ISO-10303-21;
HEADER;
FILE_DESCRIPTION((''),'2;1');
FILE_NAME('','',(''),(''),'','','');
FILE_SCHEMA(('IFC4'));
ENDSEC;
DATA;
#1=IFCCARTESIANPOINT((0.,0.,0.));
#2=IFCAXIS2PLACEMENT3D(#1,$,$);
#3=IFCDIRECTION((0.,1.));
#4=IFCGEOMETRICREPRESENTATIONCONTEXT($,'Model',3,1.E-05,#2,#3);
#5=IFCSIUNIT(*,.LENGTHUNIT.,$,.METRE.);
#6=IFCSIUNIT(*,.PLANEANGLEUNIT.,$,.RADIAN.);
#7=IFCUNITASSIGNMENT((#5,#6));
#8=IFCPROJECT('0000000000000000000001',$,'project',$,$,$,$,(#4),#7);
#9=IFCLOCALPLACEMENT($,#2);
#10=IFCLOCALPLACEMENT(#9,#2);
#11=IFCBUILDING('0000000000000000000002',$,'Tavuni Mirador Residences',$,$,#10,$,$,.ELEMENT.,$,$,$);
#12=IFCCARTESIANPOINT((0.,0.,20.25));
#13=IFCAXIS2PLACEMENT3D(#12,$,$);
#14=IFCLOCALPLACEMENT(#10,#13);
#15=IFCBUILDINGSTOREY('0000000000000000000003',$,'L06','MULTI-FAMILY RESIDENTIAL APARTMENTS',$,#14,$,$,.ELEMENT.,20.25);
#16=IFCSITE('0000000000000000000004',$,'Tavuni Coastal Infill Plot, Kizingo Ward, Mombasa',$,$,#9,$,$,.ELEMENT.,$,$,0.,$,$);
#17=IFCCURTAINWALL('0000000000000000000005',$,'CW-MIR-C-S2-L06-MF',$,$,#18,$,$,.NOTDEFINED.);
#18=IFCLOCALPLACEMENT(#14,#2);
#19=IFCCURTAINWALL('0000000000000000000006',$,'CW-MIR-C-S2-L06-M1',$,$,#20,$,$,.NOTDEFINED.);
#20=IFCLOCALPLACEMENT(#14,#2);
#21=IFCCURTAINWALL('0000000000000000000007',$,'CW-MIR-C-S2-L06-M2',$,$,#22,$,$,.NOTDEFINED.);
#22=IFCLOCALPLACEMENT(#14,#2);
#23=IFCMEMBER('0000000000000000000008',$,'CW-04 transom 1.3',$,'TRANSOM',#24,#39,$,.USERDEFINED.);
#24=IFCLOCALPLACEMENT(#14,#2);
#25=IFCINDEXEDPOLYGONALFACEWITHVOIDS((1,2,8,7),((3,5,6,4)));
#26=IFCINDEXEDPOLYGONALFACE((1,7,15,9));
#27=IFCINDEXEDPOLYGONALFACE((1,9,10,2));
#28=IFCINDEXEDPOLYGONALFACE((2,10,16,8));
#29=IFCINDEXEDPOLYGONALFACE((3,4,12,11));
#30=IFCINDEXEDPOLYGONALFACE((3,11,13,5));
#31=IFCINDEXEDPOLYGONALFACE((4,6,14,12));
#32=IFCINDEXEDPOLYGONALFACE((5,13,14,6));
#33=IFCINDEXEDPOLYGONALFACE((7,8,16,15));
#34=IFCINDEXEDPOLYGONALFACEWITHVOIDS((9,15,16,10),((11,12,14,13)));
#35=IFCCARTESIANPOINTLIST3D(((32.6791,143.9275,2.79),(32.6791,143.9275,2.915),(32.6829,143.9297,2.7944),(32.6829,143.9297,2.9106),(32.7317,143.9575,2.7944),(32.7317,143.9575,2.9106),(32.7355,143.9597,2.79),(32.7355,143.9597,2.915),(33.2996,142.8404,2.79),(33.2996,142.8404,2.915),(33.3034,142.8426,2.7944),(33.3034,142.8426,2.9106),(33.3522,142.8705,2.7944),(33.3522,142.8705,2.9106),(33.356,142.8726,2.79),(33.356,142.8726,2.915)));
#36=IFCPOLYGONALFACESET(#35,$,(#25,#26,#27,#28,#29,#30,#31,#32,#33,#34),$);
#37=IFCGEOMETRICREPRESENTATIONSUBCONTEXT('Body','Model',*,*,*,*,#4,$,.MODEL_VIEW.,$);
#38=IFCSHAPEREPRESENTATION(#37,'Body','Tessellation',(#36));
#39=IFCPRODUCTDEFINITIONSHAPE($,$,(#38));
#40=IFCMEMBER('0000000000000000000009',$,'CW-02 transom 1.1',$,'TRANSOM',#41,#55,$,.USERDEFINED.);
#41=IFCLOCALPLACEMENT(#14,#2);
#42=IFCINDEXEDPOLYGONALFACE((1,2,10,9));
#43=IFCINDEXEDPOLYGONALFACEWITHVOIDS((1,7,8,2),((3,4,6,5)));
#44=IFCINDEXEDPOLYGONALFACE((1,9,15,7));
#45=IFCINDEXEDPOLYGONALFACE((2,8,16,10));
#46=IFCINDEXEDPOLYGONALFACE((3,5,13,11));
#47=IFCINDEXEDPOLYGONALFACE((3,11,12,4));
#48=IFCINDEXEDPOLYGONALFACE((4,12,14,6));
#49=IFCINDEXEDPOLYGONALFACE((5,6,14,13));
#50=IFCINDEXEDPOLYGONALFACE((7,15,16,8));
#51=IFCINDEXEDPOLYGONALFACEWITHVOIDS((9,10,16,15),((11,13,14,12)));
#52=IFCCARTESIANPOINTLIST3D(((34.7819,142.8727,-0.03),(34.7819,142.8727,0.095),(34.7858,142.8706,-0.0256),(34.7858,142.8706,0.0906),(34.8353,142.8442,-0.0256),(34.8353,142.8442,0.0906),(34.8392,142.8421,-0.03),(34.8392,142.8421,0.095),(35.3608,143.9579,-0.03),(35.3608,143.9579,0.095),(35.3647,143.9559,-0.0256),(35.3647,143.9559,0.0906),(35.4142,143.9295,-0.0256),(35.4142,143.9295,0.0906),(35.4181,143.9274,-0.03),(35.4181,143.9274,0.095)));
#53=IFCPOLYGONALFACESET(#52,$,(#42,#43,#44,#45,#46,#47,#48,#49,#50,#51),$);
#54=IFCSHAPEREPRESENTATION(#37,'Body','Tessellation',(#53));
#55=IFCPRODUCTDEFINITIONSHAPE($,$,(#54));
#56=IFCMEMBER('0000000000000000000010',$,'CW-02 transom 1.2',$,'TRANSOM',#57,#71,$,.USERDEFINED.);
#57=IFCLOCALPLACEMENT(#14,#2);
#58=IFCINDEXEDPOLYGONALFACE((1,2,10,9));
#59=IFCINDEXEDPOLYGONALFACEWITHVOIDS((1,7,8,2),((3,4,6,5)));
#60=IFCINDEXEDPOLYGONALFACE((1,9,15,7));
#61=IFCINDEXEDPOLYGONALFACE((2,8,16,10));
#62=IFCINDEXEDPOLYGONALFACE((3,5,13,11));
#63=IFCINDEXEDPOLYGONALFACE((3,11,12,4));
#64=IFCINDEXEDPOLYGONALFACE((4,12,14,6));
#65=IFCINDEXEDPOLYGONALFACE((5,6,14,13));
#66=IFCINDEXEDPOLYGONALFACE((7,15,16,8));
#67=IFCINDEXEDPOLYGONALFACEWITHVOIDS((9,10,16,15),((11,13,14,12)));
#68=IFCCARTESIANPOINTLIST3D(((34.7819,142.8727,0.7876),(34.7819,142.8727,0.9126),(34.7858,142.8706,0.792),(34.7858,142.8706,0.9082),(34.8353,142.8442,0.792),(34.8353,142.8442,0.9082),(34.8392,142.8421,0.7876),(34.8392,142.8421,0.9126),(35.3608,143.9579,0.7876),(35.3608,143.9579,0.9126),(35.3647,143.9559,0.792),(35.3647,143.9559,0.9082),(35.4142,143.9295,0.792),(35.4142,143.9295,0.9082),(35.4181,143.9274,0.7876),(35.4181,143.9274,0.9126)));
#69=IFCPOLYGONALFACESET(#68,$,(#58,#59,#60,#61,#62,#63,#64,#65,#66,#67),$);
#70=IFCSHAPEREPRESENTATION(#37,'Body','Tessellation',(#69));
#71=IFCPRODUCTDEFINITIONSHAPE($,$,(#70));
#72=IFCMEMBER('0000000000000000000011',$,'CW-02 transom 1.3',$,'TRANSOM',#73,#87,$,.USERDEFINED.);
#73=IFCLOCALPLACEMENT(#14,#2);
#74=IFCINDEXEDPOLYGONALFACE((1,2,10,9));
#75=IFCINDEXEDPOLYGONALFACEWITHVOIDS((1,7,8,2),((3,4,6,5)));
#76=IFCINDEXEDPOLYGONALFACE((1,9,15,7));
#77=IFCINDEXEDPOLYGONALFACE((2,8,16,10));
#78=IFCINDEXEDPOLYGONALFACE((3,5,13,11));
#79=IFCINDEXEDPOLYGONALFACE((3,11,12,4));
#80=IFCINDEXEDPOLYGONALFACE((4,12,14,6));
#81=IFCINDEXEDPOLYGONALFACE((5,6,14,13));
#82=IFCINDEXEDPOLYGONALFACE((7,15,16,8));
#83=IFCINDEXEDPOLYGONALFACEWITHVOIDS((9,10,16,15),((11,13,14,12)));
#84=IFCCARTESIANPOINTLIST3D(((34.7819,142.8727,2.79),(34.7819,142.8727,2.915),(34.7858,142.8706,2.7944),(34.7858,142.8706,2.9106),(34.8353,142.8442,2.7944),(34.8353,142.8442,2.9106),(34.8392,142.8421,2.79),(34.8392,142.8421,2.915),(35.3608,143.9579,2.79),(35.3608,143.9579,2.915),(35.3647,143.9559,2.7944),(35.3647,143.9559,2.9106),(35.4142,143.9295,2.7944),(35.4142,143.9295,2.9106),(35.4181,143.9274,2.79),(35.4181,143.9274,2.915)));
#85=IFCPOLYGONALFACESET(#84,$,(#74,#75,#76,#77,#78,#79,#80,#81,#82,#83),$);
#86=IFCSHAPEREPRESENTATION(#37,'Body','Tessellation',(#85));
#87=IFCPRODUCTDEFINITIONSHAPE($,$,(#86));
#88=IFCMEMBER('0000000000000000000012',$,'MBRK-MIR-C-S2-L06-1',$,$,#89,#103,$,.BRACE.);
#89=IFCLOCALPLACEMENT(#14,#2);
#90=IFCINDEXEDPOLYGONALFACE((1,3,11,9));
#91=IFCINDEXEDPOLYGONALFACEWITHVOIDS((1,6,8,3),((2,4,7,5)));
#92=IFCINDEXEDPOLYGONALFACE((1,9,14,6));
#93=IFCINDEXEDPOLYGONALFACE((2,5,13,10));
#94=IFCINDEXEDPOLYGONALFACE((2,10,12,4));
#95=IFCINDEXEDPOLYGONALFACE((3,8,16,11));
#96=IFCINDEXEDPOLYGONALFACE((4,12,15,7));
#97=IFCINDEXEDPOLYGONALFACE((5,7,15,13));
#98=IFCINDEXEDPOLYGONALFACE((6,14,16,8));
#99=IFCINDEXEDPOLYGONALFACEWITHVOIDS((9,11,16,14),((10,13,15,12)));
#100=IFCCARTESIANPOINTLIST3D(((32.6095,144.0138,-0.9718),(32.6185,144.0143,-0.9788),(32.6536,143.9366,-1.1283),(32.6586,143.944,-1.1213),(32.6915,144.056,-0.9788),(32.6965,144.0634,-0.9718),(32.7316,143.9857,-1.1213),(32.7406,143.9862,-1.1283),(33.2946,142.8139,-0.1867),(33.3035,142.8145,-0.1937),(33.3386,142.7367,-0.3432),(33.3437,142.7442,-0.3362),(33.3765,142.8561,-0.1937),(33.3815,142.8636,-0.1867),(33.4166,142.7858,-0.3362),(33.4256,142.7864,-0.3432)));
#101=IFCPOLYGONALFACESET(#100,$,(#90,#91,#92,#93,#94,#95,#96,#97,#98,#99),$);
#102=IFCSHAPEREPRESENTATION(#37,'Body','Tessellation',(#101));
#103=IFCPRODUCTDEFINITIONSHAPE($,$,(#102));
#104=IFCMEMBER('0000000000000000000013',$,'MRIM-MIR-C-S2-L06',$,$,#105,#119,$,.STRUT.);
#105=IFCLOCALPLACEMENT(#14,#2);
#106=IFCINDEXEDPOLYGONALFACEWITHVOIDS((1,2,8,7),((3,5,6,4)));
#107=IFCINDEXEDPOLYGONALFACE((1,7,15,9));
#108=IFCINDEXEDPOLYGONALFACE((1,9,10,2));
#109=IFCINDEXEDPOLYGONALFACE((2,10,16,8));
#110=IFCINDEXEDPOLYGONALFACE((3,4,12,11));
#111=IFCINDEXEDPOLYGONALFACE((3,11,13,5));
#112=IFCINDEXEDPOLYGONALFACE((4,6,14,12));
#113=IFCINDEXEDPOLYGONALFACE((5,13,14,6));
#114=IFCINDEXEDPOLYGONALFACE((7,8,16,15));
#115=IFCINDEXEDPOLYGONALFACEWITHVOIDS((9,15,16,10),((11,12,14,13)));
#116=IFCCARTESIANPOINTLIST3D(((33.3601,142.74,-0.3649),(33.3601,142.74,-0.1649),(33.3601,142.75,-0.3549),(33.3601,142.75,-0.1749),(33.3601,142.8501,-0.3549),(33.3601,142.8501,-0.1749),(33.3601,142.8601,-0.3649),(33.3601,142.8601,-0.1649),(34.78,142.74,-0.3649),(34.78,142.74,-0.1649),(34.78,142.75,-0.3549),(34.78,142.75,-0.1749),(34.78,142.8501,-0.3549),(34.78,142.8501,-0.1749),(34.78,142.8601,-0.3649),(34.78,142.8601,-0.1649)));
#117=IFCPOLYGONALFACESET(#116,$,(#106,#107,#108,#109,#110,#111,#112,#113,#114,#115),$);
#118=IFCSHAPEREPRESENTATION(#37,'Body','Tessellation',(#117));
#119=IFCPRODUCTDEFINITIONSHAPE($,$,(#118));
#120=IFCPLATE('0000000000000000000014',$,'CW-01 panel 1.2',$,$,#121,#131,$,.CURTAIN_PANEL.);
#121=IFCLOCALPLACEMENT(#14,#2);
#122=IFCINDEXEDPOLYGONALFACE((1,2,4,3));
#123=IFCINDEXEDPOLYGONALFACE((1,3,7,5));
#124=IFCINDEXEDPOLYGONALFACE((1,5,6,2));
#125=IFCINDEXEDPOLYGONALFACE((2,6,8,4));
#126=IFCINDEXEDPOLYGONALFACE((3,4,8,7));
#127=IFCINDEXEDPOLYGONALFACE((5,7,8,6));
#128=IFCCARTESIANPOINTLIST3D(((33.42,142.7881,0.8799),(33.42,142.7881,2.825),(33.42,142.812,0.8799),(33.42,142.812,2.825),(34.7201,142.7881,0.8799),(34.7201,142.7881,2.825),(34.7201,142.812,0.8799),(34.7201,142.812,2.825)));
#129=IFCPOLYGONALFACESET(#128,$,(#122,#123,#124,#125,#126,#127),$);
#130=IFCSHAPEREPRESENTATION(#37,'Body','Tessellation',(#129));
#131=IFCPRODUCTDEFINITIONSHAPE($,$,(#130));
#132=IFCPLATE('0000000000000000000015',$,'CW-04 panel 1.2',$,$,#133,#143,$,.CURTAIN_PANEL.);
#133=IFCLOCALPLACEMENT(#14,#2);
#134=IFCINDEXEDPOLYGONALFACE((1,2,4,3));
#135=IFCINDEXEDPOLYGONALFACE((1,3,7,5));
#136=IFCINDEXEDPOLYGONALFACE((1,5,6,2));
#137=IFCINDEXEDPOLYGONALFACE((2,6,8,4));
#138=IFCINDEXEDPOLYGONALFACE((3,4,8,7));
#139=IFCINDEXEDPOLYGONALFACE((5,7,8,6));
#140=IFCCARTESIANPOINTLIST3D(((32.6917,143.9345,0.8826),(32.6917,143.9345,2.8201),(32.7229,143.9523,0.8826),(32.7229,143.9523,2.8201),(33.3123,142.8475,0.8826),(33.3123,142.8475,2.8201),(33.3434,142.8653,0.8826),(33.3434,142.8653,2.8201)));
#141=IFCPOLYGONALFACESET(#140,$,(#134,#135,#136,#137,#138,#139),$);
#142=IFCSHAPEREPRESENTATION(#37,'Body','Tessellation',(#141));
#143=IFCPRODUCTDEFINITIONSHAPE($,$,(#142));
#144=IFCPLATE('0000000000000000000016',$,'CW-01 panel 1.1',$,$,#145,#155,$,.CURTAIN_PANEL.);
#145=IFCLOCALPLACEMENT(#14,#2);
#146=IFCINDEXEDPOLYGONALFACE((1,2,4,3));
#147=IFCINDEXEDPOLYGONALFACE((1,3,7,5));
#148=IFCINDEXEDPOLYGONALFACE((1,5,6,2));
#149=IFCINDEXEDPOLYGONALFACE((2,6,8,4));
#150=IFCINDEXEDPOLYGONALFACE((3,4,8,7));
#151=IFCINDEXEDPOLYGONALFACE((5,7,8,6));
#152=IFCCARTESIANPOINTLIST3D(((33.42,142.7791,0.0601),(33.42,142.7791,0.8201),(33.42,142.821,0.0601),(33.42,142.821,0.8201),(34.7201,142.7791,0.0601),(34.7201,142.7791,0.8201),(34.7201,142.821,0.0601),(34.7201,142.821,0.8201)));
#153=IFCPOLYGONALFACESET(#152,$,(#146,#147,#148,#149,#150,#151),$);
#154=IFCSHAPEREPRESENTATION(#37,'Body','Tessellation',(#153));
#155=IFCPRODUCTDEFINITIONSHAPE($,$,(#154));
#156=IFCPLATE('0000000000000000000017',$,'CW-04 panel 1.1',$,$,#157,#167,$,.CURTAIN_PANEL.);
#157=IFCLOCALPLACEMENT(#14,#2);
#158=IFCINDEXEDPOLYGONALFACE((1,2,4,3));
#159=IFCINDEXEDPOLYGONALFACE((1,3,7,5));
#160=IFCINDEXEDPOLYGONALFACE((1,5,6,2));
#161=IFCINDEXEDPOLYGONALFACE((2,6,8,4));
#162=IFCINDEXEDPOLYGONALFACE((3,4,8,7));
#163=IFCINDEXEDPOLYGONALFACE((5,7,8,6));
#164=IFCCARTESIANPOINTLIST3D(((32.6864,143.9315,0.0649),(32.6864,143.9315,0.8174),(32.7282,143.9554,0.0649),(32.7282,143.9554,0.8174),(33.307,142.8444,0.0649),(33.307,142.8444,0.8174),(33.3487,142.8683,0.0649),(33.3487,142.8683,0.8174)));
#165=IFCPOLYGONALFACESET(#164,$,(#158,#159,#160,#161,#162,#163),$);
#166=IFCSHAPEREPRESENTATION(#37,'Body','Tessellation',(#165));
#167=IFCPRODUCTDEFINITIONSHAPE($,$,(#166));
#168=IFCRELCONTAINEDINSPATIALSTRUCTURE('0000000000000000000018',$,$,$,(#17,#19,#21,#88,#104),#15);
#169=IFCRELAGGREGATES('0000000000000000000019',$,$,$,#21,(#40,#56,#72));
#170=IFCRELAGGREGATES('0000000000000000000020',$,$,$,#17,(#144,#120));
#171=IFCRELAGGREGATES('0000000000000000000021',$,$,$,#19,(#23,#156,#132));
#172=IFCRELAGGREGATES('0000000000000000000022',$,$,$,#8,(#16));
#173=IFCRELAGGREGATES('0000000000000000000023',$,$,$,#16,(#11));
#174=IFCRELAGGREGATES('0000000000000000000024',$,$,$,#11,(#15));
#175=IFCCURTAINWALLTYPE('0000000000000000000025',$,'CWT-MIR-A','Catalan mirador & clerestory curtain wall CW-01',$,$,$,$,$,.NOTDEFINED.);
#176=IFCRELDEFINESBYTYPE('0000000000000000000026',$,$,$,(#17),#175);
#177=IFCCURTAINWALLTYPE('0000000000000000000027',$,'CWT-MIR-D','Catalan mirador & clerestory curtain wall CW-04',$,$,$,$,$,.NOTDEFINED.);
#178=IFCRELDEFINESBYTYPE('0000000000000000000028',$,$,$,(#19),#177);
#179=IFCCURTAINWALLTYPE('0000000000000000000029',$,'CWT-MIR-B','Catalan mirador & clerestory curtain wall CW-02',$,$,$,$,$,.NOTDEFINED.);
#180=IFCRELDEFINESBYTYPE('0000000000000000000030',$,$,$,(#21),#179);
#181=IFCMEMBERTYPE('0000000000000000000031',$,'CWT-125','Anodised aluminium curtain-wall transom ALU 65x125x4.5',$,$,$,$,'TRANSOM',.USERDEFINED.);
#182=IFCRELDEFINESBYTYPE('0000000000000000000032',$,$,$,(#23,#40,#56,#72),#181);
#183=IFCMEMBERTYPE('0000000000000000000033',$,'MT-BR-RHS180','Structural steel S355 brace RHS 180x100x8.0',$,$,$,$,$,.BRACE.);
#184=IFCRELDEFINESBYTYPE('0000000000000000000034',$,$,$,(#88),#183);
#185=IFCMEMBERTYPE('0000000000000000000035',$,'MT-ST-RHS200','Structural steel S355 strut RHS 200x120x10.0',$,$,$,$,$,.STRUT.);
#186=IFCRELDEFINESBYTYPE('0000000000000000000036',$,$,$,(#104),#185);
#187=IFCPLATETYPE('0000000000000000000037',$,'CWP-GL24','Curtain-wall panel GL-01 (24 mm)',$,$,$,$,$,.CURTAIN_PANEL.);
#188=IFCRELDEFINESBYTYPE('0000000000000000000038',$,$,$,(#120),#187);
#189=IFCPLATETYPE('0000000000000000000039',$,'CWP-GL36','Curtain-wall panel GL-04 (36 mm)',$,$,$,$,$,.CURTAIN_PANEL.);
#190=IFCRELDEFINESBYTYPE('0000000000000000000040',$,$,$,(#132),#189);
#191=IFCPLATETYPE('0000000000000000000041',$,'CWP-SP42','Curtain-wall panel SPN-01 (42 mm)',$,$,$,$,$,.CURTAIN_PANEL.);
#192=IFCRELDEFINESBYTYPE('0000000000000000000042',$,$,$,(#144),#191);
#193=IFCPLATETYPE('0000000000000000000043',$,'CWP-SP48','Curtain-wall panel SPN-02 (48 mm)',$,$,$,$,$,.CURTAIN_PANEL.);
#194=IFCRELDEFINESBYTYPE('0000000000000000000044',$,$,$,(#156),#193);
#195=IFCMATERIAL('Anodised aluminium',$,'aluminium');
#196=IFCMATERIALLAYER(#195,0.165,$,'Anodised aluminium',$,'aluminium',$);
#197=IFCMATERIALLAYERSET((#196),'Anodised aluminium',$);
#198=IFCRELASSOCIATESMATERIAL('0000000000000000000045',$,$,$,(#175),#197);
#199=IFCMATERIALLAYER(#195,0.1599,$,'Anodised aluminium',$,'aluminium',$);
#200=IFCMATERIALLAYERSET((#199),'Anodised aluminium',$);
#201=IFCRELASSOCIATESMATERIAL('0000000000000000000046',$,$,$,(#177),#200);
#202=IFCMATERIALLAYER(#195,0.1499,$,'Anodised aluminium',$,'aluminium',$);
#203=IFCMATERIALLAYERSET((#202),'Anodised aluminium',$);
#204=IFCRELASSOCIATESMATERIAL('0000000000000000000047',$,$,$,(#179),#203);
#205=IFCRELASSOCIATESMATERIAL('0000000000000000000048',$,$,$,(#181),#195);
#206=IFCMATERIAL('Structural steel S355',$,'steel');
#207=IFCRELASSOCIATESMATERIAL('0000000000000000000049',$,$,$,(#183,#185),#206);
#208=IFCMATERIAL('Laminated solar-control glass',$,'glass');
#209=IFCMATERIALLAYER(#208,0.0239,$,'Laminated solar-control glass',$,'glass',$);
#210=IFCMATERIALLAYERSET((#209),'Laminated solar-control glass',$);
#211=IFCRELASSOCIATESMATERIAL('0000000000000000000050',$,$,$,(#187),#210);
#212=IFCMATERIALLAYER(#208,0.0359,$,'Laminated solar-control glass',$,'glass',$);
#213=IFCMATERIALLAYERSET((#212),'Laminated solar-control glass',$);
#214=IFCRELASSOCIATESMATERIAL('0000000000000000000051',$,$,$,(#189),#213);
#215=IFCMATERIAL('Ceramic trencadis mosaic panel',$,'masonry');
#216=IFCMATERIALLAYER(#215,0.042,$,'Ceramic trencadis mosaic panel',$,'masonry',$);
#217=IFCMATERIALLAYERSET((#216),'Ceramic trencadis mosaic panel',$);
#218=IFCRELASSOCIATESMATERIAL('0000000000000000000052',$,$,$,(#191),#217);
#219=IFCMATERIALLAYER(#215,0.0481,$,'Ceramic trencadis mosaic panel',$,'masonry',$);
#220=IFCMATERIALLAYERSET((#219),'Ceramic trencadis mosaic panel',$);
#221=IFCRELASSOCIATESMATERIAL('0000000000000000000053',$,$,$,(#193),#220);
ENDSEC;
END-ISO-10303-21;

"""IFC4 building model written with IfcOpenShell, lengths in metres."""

from ifc_helpers import new_model, si_unit, direction, frame, origin, origin_2d, place, context, subcontext, project, spatial, rectangle, hollow_rectangle, extrude, material, layer, layer_set, material_profile, profile_set, type_object, element, aggregate, save


model = new_model("IFC4")

# Units and contexts
model_context = context("Model", 3, precision=1e-05, world=origin(), true_north=direction((0.0, 1.0)))
body_context = subcontext(model_context, "Body", "Model", "MODEL_VIEW")
ifc_project = project(units=[si_unit("LENGTHUNIT", "METRE"), si_unit("PLANEANGLEUNIT", "RADIAN")], contexts=[model_context])

# Site, building, storey
site_placement = place(None, origin())
site = spatial("IfcSite", under=ifc_project, at=site_placement, Name="Tavuni Coastal Infill Plot, Kizingo Ward, Mombasa", CompositionType="ELEMENT", RefElevation=0.0)
building_placement = place(site_placement, origin())
building = spatial("IfcBuilding", under=site, at=building_placement, Name="Tavuni Mirador Residences", CompositionType="ELEMENT")
storey_placement = place(building_placement, frame((0.0, 0.0, 20.25)))
storey = spatial("IfcBuildingStorey", under=building, at=storey_placement, Name="L06", Description="MULTI-FAMILY RESIDENTIAL APARTMENTS", CompositionType="ELEMENT", Elevation=20.25)

# Curtain walls
ifc_material_1 = material(Name="Anodised aluminium", Category="aluminium")
ifc_layer_1 = layer(ifc_material_1, 0.165, Name="Anodised aluminium", Category="aluminium")
ifc_layer_set_1 = layer_set([ifc_layer_1], Name="Anodised aluminium")
curtain_wall_type_1 = type_object("IfcCurtainWallType", Name="CWT-MIR-A", Description="Catalan mirador & clerestory curtain wall CW-01", PredefinedType="NOTDEFINED", material=ifc_layer_set_1)
curtain_wall_1_placement = place(storey_placement, origin())
curtain_wall_1 = element("IfcCurtainWall", 1, at=curtain_wall_1_placement, inside=storey, type_object=curtain_wall_type_1, Name="CW-MIR-C-S2-L06-MF", PredefinedType="NOTDEFINED")
ifc_layer_2 = layer(ifc_material_1, 0.1599, Name="Anodised aluminium", Category="aluminium")
ifc_layer_set_2 = layer_set([ifc_layer_2], Name="Anodised aluminium")
curtain_wall_type_2 = type_object("IfcCurtainWallType", Name="CWT-MIR-D", Description="Catalan mirador & clerestory curtain wall CW-04", PredefinedType="NOTDEFINED", material=ifc_layer_set_2)
curtain_wall_2_placement = place(storey_placement, origin())
curtain_wall_2 = element("IfcCurtainWall", 2, at=curtain_wall_2_placement, inside=storey, type_object=curtain_wall_type_2, Name="CW-MIR-C-S2-L06-M1", PredefinedType="NOTDEFINED")

# Curtain wall
ifc_layer_3 = layer(ifc_material_1, 0.1499, Name="Anodised aluminium", Category="aluminium")
ifc_layer_set_3 = layer_set([ifc_layer_3], Name="Anodised aluminium")
curtain_wall_type_3 = type_object("IfcCurtainWallType", Name="CWT-MIR-B", Description="Catalan mirador & clerestory curtain wall CW-02", PredefinedType="NOTDEFINED", material=ifc_layer_set_3)
curtain_wall_3_placement = place(storey_placement, origin())
curtain_wall_3 = element("IfcCurtainWall", 3, at=curtain_wall_3_placement, inside=storey, type_object=curtain_wall_type_3, Name="CW-MIR-C-S2-L06-M2", PredefinedType="NOTDEFINED")

# Members
ifc_material_profile_1 = material_profile(ifc_material_1, hollow_rectangle(XDim=0.0649, YDim=0.125, WallThickness=0.0044, at=origin_2d()), Name="ALU 65x125x4.5", Category="aluminium")
ifc_profile_set_1 = profile_set([ifc_material_profile_1], Name="Anodised aluminium")
member_type_1 = type_object("IfcMemberType", Name="CWT-125", Description="Anodised aluminium curtain-wall transom ALU 65x125x4.5", ElementType="TRANSOM", PredefinedType="USERDEFINED", material=ifc_profile_set_1)
member_1_placement = place(storey_placement, frame((32.7073, 143.9436, 2.8525), z_axis=(0.495761, -0.868459, 0.0), x_axis=(0.868459, 0.495761, 0.0)))
member_1 = element("IfcMember", 4, at=member_1_placement, type_object=member_type_1, Name="CW-04 transom 1.3", ObjectType="TRANSOM", PredefinedType="USERDEFINED", context=body_context, shape_type="SweptSolid", body=[
    extrude(hollow_rectangle(XDim=0.0649, YDim=0.125, WallThickness=0.0044, at=origin_2d()), origin(), (0.0, 0.0, 1.0), 1.2517),
])
member_2_placement = place(storey_placement, frame((34.8105, 142.8574, 0.0325), z_axis=(0.47064, 0.882325, 0.0), x_axis=(-0.882325, 0.47064, 0.0)))
member_2 = element("IfcMember", 5, at=member_2_placement, type_object=member_type_1, Name="CW-02 transom 1.1", ObjectType="TRANSOM", PredefinedType="USERDEFINED", context=body_context, shape_type="SweptSolid", body=[
    extrude(hollow_rectangle(XDim=0.0649, YDim=0.125, WallThickness=0.0044, at=origin_2d()), origin(), (0.0, 0.0, 1.0), 1.23),
])
member_3_placement = place(storey_placement, frame((34.8105, 142.8574, 0.8501), z_axis=(0.47064, 0.882325, 0.0), x_axis=(-0.882325, 0.47064, 0.0)))
member_3 = element("IfcMember", 6, at=member_3_placement, type_object=member_type_1, Name="CW-02 transom 1.2", ObjectType="TRANSOM", PredefinedType="USERDEFINED", context=body_context, shape_type="SweptSolid", body=[
    extrude(hollow_rectangle(XDim=0.0649, YDim=0.125, WallThickness=0.0044, at=origin_2d()), origin(), (0.0, 0.0, 1.0), 1.23),
])
member_4_placement = place(storey_placement, frame((34.8105, 142.8574, 2.8525), z_axis=(0.47064, 0.882325, 0.0), x_axis=(-0.882325, 0.47064, 0.0)))
member_4 = element("IfcMember", 7, at=member_4_placement, type_object=member_type_1, Name="CW-02 transom 1.3", ObjectType="TRANSOM", PredefinedType="USERDEFINED", context=body_context, shape_type="SweptSolid", body=[
    extrude(hollow_rectangle(XDim=0.0649, YDim=0.125, WallThickness=0.0044, at=origin_2d()), origin(), (0.0, 0.0, 1.0), 1.23),
])
aggregate(curtain_wall_3, [member_2, member_3, member_4])

# Members
ifc_material_2 = material(Name="Structural steel S355", Category="steel")
ifc_material_profile_2 = material_profile(ifc_material_2, hollow_rectangle(XDim=0.1001, YDim=0.1799, WallThickness=0.0081, at=origin_2d()), Name="RHS 180x100x8.0", Category="steel")
ifc_profile_set_2 = profile_set([ifc_material_profile_2], Name="Structural steel S355")
member_type_2 = type_object("IfcMemberType", Name="MT-BR-RHS180", Description="Structural steel S355 brace RHS 180x100x8.0", PredefinedType="BRACE", material=ifc_profile_set_2)
member_5_placement = place(storey_placement, frame((32.675, 144.0, -1.05), z_axis=(0.431063, -0.755051, 0.494048), x_axis=(0.868439, 0.495796, 0.0)))
element("IfcMember", 8, at=member_5_placement, inside=storey, type_object=member_type_2, Name="MBRK-MIR-C-S2-L06-1", PredefinedType="BRACE", context=body_context, shape_type="SweptSolid", body=[
    extrude(hollow_rectangle(XDim=0.1001, YDim=0.1799, WallThickness=0.0081, at=origin_2d()), origin(), (0.0, 0.0, 1.0), 1.5891),
])
ifc_material_profile_3 = material_profile(ifc_material_2, hollow_rectangle(XDim=0.1201, YDim=0.2, WallThickness=0.01, at=origin_2d()), Name="RHS 200x120x10.0", Category="steel")
ifc_profile_set_3 = profile_set([ifc_material_profile_3], Name="Structural steel S355")
member_type_3 = type_object("IfcMemberType", Name="MT-ST-RHS200", Description="Structural steel S355 strut RHS 200x120x10.0", PredefinedType="STRUT", material=ifc_profile_set_3)
member_6_placement = place(storey_placement, frame((33.3601, 142.8, -0.2649), z_axis=(1.0, 0.0, 0.0), x_axis=(0.0, 1.0, 0.0)))
element("IfcMember", 9, at=member_6_placement, inside=storey, type_object=member_type_3, Name="MRIM-MIR-C-S2-L06", PredefinedType="STRUT", context=body_context, shape_type="SweptSolid", body=[
    extrude(hollow_rectangle(XDim=0.1201, YDim=0.2, WallThickness=0.01, at=origin_2d()), origin(), (0.0, 0.0, 1.0), 1.4199),
])

# Plates
ifc_material_3 = material(Name="Laminated solar-control glass", Category="glass")
ifc_layer_4 = layer(ifc_material_3, 0.0239, Name="Laminated solar-control glass", Category="glass")
ifc_layer_set_4 = layer_set([ifc_layer_4], Name="Laminated solar-control glass")
plate_type_1 = type_object("IfcPlateType", Name="CWP-GL24", Description="Curtain-wall panel GL-01 (24 mm)", PredefinedType="CURTAIN_PANEL", material=ifc_layer_set_4)
plate_1_placement = place(storey_placement, frame((34.0701, 142.8, 0.8799), z_axis=(0.0, 0.0, 1.0), x_axis=(1.0, 0.0, 0.0)))
plate_1 = element("IfcPlate", 10, at=plate_1_placement, type_object=plate_type_1, Name="CW-01 panel 1.2", PredefinedType="CURTAIN_PANEL", context=body_context, shape_type="SweptSolid", body=[
    extrude(rectangle(XDim=1.3, YDim=0.0239, at=origin_2d()), origin(), (0.0, 0.0, 1.0), 1.9451),
])
ifc_layer_5 = layer(ifc_material_3, 0.0359, Name="Laminated solar-control glass", Category="glass")
ifc_layer_set_5 = layer_set([ifc_layer_5], Name="Laminated solar-control glass")
plate_type_2 = type_object("IfcPlateType", Name="CWP-GL36", Description="Curtain-wall panel GL-04 (36 mm)", PredefinedType="CURTAIN_PANEL", material=ifc_layer_set_5)
plate_2_placement = place(storey_placement, frame((33.0176, 143.3999, 0.8826), z_axis=(0.0, 0.0, 1.0), x_axis=(0.495749, -0.868466, 0.0)))
plate_2 = element("IfcPlate", 11, at=plate_2_placement, type_object=plate_type_2, Name="CW-04 panel 1.2", PredefinedType="CURTAIN_PANEL", context=body_context, shape_type="SweptSolid", body=[
    extrude(rectangle(XDim=1.2517, YDim=0.0359, at=origin_2d()), origin(), (0.0, 0.0, 1.0), 1.9375),
])
ifc_material_4 = material(Name="Ceramic trencadis mosaic panel", Category="masonry")
ifc_layer_6 = layer(ifc_material_4, 0.042, Name="Ceramic trencadis mosaic panel", Category="masonry")
ifc_layer_set_6 = layer_set([ifc_layer_6], Name="Ceramic trencadis mosaic panel")
plate_type_3 = type_object("IfcPlateType", Name="CWP-SP42", Description="Curtain-wall panel SPN-01 (42 mm)", PredefinedType="CURTAIN_PANEL", material=ifc_layer_set_6)
plate_3_placement = place(storey_placement, frame((34.0701, 142.8, 0.0601), z_axis=(0.0, 0.0, 1.0), x_axis=(1.0, 0.0, 0.0)))
plate_3 = element("IfcPlate", 12, at=plate_3_placement, type_object=plate_type_3, Name="CW-01 panel 1.1", PredefinedType="CURTAIN_PANEL", context=body_context, shape_type="SweptSolid", body=[
    extrude(rectangle(XDim=1.3, YDim=0.042, at=origin_2d()), origin(), (0.0, 0.0, 1.0), 0.76),
])
aggregate(curtain_wall_1, [plate_3, plate_1])
ifc_layer_7 = layer(ifc_material_4, 0.0481, Name="Ceramic trencadis mosaic panel", Category="masonry")
ifc_layer_set_7 = layer_set([ifc_layer_7], Name="Ceramic trencadis mosaic panel")
plate_type_4 = type_object("IfcPlateType", Name="CWP-SP48", Description="Curtain-wall panel SPN-02 (48 mm)", PredefinedType="CURTAIN_PANEL", material=ifc_layer_set_7)
plate_4_placement = place(storey_placement, frame((33.0176, 143.3999, 0.0649), z_axis=(0.0, 0.0, 1.0), x_axis=(0.495749, -0.868466, 0.0)))
plate_4 = element("IfcPlate", 13, at=plate_4_placement, type_object=plate_type_4, Name="CW-04 panel 1.1", PredefinedType="CURTAIN_PANEL", context=body_context, shape_type="SweptSolid", body=[
    extrude(rectangle(XDim=1.2517, YDim=0.0481, at=origin_2d()), origin(), (0.0, 0.0, 1.0), 0.7524),
])
aggregate(curtain_wall_2, [member_1, plate_4, plate_2])

save(model, "model.ifc")
